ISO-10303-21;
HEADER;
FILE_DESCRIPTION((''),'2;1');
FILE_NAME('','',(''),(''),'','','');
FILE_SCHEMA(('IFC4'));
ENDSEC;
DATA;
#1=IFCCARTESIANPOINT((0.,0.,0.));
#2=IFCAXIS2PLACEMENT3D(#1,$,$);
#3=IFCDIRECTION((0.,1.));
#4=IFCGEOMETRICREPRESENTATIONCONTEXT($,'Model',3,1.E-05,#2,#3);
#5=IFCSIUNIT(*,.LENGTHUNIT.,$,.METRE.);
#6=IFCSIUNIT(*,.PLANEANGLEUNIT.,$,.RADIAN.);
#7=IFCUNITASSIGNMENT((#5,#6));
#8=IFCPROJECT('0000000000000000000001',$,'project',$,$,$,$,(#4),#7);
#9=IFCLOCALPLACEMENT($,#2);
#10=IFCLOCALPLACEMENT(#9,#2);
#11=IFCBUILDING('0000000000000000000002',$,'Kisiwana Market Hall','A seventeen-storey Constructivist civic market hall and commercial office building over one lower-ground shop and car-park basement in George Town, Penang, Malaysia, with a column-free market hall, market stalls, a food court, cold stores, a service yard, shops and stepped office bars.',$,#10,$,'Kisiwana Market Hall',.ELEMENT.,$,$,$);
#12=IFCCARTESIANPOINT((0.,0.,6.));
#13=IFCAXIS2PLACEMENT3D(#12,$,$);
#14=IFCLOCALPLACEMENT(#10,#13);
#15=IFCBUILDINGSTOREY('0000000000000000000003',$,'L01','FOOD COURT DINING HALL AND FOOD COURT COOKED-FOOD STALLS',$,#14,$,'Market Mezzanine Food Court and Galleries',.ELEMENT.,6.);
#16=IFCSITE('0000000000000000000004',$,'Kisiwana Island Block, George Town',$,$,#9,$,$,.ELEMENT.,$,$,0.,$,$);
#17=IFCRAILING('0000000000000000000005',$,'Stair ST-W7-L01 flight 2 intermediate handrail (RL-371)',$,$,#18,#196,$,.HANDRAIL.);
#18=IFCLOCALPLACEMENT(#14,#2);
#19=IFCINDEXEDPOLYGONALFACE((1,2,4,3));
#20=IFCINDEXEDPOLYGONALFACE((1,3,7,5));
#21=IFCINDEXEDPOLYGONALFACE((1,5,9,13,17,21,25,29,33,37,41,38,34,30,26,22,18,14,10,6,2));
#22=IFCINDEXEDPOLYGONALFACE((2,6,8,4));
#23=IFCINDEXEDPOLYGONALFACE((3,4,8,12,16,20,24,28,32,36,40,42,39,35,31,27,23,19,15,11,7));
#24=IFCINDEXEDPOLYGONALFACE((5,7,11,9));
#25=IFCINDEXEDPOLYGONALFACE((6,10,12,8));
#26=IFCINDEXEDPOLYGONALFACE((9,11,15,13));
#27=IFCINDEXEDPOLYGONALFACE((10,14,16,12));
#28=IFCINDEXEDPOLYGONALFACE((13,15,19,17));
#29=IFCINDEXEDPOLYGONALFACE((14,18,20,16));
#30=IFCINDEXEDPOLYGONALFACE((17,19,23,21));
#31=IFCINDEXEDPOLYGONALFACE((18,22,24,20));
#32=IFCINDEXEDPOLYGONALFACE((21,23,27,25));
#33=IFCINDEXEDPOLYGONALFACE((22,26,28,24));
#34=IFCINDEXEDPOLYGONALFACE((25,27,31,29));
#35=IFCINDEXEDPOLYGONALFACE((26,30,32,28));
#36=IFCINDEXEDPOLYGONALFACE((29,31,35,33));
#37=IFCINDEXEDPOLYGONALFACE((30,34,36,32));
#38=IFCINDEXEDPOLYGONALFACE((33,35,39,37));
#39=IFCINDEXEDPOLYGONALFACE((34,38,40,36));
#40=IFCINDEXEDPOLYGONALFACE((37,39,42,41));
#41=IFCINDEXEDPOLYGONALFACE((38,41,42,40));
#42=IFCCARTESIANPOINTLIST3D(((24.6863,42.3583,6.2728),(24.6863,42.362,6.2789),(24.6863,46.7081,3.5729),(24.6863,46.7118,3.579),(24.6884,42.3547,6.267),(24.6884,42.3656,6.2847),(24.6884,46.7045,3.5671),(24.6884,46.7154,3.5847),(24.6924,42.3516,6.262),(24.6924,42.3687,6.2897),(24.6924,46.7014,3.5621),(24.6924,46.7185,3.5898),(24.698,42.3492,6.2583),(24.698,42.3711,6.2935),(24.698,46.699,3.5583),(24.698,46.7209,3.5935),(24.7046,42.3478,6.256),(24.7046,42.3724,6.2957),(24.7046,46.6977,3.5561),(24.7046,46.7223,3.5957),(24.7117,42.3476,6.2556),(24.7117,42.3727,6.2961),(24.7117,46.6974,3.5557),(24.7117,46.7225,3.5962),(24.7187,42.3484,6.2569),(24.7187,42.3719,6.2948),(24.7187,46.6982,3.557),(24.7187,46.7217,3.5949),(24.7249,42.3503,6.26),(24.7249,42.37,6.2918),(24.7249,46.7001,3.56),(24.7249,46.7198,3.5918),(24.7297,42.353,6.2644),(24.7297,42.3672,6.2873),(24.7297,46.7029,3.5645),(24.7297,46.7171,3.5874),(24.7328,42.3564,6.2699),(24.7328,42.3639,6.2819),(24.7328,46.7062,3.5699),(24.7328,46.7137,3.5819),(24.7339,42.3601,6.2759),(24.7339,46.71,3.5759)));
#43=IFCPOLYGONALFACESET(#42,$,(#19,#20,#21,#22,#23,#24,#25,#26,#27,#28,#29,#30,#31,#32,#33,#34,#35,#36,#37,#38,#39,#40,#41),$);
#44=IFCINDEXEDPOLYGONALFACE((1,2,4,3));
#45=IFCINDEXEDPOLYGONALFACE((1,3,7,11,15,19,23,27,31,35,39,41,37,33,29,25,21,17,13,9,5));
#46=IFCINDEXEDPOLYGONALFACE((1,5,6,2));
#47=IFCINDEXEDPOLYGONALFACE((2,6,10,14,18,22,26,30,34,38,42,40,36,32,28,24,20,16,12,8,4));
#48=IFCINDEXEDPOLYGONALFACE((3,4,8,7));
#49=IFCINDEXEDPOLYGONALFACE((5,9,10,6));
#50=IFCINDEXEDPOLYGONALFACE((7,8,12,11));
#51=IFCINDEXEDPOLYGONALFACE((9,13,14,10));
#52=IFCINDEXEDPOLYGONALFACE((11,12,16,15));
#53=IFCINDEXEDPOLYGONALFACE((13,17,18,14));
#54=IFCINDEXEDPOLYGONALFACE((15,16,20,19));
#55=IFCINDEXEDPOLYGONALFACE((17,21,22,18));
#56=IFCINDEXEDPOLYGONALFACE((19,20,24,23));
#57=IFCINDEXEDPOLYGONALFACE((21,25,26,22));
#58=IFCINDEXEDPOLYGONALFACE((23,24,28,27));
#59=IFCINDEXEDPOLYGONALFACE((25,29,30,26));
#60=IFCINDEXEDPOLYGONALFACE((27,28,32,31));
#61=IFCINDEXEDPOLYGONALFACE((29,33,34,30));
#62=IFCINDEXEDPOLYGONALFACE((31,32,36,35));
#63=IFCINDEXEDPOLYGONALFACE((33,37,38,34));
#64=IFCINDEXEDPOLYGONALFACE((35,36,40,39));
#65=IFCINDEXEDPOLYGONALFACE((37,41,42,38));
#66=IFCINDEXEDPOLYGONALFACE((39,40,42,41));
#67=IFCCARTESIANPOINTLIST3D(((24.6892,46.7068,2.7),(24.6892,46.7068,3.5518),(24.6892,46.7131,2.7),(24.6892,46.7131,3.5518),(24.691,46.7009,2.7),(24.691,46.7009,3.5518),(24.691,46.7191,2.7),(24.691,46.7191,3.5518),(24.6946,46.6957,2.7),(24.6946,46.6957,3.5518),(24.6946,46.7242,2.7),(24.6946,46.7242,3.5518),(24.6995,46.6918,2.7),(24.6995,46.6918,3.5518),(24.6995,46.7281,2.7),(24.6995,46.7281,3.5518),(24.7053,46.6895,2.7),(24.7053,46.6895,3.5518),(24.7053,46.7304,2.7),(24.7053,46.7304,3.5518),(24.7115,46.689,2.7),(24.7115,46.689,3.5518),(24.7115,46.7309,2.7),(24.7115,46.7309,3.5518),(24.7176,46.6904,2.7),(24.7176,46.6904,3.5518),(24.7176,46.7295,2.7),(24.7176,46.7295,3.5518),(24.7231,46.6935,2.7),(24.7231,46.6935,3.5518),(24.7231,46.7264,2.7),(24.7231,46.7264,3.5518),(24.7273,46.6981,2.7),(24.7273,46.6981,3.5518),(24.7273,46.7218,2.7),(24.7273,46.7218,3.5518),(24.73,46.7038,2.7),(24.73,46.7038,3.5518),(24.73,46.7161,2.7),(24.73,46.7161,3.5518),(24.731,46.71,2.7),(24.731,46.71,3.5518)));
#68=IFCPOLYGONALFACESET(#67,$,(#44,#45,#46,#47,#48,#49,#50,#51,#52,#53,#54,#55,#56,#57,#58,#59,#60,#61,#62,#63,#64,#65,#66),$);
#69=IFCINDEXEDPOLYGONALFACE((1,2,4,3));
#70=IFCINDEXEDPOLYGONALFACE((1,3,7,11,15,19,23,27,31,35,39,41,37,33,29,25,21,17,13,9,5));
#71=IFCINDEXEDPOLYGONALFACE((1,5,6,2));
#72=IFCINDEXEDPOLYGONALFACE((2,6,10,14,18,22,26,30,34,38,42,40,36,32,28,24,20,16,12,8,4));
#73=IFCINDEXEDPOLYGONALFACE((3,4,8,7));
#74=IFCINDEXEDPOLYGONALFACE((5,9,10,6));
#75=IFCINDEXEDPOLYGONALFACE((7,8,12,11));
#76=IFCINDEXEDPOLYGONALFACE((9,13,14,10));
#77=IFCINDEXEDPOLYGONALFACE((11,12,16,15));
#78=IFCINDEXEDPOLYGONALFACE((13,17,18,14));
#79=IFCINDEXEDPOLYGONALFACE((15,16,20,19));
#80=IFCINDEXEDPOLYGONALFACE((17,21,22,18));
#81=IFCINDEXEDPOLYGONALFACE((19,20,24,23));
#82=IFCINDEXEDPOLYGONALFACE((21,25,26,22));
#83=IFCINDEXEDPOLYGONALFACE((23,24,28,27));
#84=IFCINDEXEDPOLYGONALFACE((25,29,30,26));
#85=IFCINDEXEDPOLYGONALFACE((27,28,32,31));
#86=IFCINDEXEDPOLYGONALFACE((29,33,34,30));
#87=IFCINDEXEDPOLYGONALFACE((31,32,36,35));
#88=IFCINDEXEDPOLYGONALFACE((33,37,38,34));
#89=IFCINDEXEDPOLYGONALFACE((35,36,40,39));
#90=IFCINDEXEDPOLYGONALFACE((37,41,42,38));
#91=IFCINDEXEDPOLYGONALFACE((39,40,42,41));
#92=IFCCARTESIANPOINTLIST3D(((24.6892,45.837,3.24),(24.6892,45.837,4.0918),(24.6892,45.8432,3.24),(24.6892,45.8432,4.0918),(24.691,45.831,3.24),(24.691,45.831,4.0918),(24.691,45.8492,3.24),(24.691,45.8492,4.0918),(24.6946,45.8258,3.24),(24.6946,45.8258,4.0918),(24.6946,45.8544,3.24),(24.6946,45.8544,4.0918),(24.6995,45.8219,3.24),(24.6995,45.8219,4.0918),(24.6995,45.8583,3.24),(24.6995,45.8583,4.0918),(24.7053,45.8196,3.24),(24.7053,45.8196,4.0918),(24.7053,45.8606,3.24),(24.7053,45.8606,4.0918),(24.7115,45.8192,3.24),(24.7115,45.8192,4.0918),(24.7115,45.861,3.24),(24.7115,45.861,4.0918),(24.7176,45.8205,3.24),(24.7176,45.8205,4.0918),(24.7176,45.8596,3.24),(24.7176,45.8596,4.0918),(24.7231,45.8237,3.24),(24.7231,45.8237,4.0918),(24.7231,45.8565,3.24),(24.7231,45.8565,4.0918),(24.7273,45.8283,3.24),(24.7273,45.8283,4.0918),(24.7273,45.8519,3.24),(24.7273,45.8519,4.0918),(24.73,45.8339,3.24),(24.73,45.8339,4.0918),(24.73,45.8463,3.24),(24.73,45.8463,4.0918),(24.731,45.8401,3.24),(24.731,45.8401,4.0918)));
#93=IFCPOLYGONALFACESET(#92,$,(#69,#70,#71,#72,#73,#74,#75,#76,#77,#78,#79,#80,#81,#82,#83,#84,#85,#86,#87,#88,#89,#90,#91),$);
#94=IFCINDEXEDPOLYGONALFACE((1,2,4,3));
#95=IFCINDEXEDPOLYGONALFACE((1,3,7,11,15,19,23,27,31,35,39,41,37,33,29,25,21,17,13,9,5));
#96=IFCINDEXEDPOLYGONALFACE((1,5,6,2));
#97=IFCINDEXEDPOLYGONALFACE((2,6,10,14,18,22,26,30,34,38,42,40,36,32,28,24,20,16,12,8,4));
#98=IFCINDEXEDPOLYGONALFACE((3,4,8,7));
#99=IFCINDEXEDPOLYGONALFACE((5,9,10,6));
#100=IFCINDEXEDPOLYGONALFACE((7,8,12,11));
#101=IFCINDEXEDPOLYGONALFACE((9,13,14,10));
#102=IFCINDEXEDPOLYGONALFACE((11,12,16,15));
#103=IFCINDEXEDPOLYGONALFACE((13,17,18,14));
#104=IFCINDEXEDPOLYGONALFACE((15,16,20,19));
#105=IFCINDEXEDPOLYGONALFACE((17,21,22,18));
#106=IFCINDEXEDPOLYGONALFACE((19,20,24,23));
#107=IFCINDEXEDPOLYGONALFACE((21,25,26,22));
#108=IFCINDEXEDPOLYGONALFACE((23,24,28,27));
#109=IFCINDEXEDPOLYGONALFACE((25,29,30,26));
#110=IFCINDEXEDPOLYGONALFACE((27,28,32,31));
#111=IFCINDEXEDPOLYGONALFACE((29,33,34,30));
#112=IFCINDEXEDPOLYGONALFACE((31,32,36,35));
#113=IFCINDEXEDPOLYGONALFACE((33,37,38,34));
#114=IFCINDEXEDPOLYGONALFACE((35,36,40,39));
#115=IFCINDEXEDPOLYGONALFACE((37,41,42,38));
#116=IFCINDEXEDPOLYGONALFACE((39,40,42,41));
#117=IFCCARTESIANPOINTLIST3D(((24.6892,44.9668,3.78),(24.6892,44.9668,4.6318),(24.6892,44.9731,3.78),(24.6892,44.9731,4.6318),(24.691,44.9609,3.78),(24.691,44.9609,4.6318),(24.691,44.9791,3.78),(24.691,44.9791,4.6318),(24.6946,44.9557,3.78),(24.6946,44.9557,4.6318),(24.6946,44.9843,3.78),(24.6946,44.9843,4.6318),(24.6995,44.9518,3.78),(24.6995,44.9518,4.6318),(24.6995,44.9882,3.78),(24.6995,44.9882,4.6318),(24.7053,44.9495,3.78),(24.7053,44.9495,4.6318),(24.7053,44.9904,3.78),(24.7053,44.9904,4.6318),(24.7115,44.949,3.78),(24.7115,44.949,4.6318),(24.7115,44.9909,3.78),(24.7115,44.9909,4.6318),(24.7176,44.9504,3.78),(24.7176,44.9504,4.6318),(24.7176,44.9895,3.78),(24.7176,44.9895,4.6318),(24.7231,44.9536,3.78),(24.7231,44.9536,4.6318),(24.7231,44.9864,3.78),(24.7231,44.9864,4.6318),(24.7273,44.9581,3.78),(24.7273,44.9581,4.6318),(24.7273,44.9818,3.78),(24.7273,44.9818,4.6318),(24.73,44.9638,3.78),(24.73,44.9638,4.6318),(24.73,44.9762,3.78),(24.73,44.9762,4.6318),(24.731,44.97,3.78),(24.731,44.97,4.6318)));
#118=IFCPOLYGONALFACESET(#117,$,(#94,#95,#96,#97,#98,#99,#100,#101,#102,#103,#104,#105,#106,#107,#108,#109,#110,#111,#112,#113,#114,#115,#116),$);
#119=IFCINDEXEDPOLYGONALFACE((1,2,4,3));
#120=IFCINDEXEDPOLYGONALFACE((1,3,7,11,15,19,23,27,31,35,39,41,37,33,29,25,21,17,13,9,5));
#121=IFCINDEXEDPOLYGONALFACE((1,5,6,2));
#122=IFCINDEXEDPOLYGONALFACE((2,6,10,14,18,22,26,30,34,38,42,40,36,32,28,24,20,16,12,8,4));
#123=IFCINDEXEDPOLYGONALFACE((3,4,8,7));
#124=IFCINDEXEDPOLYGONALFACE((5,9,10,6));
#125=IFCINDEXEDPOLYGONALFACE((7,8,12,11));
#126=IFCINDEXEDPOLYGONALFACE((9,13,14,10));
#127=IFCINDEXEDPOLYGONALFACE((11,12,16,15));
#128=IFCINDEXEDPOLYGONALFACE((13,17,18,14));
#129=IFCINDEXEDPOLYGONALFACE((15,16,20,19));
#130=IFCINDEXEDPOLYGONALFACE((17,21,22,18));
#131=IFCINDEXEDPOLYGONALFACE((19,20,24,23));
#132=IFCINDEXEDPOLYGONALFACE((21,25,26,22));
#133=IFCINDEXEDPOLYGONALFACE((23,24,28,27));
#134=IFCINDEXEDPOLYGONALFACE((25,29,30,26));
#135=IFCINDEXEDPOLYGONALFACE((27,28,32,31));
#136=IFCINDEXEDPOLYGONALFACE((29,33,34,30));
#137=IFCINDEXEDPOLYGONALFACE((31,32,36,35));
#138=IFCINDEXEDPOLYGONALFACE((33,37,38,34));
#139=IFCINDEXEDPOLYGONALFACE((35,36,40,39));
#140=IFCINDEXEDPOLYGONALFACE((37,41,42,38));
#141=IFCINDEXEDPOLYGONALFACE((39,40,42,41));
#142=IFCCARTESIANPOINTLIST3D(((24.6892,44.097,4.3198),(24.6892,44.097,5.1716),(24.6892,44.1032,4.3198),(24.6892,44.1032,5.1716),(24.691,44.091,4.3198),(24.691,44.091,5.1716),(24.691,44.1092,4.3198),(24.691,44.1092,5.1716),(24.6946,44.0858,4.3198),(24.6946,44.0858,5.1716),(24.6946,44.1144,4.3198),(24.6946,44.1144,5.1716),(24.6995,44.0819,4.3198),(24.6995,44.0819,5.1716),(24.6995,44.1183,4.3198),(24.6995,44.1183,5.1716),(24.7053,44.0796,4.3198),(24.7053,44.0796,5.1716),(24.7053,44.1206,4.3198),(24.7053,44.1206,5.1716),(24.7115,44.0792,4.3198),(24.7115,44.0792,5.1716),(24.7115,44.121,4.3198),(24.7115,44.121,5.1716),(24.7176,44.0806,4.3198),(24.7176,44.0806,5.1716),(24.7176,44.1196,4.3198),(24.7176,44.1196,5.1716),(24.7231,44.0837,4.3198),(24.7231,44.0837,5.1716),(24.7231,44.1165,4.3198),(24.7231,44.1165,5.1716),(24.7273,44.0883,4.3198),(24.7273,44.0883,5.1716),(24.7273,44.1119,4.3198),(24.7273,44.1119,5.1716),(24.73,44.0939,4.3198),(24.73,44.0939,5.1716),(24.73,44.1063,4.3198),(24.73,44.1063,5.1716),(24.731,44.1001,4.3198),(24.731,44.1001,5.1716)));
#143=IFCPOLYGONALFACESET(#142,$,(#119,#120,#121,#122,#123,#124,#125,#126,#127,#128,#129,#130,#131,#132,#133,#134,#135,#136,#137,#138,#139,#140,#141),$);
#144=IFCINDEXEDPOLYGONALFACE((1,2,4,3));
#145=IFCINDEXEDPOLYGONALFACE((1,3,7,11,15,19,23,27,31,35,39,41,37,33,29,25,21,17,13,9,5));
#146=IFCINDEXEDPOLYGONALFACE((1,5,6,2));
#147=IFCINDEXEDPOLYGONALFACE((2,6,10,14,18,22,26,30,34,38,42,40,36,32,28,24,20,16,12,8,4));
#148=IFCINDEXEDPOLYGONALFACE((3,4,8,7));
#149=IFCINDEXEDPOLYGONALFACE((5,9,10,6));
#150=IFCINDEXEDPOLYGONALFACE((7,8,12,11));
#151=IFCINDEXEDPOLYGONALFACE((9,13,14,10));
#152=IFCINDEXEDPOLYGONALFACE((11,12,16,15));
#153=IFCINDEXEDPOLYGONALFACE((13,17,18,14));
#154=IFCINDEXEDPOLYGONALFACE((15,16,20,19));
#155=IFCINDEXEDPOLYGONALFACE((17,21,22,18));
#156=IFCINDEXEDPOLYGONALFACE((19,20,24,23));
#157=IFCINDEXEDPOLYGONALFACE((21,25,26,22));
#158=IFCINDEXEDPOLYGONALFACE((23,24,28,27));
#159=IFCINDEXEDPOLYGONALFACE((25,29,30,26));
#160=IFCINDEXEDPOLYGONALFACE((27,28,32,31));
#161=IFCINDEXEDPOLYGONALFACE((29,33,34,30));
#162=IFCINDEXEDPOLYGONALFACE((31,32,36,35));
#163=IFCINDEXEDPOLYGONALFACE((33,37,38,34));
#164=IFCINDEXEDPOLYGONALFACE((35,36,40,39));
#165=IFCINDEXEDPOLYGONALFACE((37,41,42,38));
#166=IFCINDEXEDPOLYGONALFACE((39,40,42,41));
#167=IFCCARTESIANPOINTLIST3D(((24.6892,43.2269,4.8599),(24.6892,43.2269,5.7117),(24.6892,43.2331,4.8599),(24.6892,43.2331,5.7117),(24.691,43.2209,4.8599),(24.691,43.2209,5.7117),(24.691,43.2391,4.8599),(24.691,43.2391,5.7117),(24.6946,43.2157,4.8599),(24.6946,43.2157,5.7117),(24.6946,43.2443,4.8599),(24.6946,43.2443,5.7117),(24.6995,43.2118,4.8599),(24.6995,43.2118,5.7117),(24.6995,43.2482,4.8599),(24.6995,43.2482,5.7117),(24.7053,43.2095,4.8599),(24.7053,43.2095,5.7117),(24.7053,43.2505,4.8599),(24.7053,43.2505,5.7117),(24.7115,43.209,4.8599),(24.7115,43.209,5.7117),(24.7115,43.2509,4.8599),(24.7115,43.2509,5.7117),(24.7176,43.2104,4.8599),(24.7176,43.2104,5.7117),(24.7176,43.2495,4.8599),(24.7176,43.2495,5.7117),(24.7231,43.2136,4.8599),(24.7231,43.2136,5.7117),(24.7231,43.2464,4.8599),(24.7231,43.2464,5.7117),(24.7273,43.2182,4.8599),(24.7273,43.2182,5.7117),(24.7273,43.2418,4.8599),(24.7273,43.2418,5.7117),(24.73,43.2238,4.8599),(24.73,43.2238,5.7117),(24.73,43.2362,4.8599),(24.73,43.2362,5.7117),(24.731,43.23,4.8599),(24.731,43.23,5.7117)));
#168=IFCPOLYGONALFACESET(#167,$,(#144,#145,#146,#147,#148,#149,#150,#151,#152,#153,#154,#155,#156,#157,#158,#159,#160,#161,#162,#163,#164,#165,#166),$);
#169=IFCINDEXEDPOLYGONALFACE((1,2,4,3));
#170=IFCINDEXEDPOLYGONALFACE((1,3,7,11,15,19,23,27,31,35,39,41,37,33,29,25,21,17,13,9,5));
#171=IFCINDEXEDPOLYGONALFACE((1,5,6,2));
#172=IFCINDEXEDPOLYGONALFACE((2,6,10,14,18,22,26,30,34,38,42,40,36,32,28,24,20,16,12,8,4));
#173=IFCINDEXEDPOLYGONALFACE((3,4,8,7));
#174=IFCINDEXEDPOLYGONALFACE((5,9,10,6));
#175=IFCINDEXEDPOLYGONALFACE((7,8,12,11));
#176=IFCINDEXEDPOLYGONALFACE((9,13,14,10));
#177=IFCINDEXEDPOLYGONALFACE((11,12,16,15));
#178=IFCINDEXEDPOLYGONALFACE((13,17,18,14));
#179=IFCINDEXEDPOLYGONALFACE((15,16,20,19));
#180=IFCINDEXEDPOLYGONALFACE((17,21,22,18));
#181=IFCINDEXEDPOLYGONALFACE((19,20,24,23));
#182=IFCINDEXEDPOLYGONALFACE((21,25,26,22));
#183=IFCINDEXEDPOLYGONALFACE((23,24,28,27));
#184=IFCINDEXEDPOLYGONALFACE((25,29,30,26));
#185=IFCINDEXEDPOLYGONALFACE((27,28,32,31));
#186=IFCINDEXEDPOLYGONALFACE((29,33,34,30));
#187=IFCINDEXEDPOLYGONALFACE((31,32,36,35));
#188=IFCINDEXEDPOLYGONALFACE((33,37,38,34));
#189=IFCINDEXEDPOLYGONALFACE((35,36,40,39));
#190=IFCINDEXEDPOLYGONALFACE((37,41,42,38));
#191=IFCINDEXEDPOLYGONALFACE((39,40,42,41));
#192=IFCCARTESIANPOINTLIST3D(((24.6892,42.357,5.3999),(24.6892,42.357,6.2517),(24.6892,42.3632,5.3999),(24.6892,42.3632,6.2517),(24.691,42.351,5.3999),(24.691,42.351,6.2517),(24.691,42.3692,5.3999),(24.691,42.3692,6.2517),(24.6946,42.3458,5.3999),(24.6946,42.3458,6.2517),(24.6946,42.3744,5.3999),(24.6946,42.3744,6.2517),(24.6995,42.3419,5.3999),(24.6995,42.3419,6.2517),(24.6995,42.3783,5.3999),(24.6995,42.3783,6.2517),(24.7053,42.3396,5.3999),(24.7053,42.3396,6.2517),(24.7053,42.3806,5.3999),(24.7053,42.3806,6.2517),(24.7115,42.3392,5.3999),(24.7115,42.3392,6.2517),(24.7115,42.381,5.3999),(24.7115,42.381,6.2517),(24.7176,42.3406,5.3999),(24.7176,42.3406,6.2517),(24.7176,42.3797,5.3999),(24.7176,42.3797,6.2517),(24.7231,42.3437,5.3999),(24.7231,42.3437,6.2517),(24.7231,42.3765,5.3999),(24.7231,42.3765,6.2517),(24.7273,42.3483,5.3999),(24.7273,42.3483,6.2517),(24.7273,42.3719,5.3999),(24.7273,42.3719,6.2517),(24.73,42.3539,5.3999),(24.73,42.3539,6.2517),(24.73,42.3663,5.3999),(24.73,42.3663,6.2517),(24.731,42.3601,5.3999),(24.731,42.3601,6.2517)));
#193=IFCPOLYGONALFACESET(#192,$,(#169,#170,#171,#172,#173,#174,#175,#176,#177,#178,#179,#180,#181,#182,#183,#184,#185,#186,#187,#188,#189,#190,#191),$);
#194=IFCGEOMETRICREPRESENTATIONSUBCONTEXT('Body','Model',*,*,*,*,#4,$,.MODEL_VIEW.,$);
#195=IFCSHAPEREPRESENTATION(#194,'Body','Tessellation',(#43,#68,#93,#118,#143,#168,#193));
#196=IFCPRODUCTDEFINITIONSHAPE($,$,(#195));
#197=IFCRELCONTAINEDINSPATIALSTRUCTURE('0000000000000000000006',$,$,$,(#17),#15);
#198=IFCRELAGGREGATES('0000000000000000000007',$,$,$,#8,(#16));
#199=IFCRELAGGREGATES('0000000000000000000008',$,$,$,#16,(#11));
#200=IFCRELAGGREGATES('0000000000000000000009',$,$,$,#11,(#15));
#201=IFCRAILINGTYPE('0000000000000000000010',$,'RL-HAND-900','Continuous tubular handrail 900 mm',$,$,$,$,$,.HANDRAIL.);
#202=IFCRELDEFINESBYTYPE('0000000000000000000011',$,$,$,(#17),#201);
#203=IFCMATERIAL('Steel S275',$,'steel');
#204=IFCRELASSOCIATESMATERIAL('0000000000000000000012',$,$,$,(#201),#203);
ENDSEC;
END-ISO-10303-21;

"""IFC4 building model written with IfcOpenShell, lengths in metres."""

from ifc_helpers import new_model, si_unit, direction, frame, origin, origin_2d, place, context, subcontext, project, spatial, circle, extrude, material, type_object, element, save


model = new_model("IFC4")

# Units and contexts
model_context = context("Model", 3, precision=1e-05, world=origin(), true_north=direction((0.0, 1.0)))
body_context = subcontext(model_context, "Body", "Model", "MODEL_VIEW")
ifc_project = project(units=[si_unit("LENGTHUNIT", "METRE"), si_unit("PLANEANGLEUNIT", "RADIAN")], contexts=[model_context])

# Site, building, storey
site_placement = place(None, origin())
site = spatial("IfcSite", under=ifc_project, at=site_placement, Name="Kisiwana Island Block, George Town", CompositionType="ELEMENT", RefElevation=0.0)
building_placement = place(site_placement, origin())
building = spatial("IfcBuilding", under=site, at=building_placement, Name="Kisiwana Market Hall", Description="A seventeen-storey Constructivist civic market hall and commercial office building over one lower-ground shop and car-park basement in George Town, Penang, Malaysia, with a column-free market hall, market stalls, a food court, cold stores, a service yard, shops and stepped office bars.", LongName="Kisiwana Market Hall", CompositionType="ELEMENT")
storey_placement = place(building_placement, frame((0.0, 0.0, 6.0)))
storey = spatial("IfcBuildingStorey", under=building, at=storey_placement, Name="L01", Description="FOOD COURT DINING HALL AND FOOD COURT COOKED-FOOD STALLS", LongName="Market Mezzanine Food Court and Galleries", CompositionType="ELEMENT", Elevation=6.0)

# Railing
ifc_material_1 = material(Name="Steel S275", Category="steel")
railing_type_1 = type_object("IfcRailingType", Name="RL-HAND-900", Description="Continuous tubular handrail 900 mm", PredefinedType="HANDRAIL", material=ifc_material_1)
for number, where, name in (
    (1, (24.71, 46.71, 2.7), "Stair ST-W7-L01 flight 2 intermediate handrail (RL-371)"),
):
    element("IfcRailing", number, at=place(storey_placement, frame(where)), inside=storey, type_object=railing_type_1, Name=name, PredefinedType="HANDRAIL", context=body_context, shape_type="SweptSolid", body=[
        extrude(circle(Radius=0.0239, at=origin_2d()), frame((0.0, 0.0, 0.876), z_axis=(0.0, -0.849636, 0.527369), x_axis=(1.0, 0.0, 0.0)), (0.0, 0.0, 1.0), 5.1196),
        extrude(circle(Radius=0.021, at=origin_2d()), origin(), (0.0, 0.0, 1.0), 0.8518),
        extrude(circle(Radius=0.021, at=origin_2d()), frame((0.0, -0.8699, 0.54)), (0.0, 0.0, 1.0), 0.8518),
        extrude(circle(Radius=0.021, at=origin_2d()), frame((0.0, -1.74, 1.0801)), (0.0, 0.0, 1.0), 0.8518),
        extrude(circle(Radius=0.021, at=origin_2d()), frame((0.0, -2.6099, 1.6199)), (0.0, 0.0, 1.0), 0.8518),
        extrude(circle(Radius=0.021, at=origin_2d()), frame((0.0, -3.48, 2.1599)), (0.0, 0.0, 1.0), 0.8518),
        extrude(circle(Radius=0.021, at=origin_2d()), frame((0.0, -4.3499, 2.7)), (0.0, 0.0, 1.0), 0.8518),
    ])

save(model, "model.ifc")
